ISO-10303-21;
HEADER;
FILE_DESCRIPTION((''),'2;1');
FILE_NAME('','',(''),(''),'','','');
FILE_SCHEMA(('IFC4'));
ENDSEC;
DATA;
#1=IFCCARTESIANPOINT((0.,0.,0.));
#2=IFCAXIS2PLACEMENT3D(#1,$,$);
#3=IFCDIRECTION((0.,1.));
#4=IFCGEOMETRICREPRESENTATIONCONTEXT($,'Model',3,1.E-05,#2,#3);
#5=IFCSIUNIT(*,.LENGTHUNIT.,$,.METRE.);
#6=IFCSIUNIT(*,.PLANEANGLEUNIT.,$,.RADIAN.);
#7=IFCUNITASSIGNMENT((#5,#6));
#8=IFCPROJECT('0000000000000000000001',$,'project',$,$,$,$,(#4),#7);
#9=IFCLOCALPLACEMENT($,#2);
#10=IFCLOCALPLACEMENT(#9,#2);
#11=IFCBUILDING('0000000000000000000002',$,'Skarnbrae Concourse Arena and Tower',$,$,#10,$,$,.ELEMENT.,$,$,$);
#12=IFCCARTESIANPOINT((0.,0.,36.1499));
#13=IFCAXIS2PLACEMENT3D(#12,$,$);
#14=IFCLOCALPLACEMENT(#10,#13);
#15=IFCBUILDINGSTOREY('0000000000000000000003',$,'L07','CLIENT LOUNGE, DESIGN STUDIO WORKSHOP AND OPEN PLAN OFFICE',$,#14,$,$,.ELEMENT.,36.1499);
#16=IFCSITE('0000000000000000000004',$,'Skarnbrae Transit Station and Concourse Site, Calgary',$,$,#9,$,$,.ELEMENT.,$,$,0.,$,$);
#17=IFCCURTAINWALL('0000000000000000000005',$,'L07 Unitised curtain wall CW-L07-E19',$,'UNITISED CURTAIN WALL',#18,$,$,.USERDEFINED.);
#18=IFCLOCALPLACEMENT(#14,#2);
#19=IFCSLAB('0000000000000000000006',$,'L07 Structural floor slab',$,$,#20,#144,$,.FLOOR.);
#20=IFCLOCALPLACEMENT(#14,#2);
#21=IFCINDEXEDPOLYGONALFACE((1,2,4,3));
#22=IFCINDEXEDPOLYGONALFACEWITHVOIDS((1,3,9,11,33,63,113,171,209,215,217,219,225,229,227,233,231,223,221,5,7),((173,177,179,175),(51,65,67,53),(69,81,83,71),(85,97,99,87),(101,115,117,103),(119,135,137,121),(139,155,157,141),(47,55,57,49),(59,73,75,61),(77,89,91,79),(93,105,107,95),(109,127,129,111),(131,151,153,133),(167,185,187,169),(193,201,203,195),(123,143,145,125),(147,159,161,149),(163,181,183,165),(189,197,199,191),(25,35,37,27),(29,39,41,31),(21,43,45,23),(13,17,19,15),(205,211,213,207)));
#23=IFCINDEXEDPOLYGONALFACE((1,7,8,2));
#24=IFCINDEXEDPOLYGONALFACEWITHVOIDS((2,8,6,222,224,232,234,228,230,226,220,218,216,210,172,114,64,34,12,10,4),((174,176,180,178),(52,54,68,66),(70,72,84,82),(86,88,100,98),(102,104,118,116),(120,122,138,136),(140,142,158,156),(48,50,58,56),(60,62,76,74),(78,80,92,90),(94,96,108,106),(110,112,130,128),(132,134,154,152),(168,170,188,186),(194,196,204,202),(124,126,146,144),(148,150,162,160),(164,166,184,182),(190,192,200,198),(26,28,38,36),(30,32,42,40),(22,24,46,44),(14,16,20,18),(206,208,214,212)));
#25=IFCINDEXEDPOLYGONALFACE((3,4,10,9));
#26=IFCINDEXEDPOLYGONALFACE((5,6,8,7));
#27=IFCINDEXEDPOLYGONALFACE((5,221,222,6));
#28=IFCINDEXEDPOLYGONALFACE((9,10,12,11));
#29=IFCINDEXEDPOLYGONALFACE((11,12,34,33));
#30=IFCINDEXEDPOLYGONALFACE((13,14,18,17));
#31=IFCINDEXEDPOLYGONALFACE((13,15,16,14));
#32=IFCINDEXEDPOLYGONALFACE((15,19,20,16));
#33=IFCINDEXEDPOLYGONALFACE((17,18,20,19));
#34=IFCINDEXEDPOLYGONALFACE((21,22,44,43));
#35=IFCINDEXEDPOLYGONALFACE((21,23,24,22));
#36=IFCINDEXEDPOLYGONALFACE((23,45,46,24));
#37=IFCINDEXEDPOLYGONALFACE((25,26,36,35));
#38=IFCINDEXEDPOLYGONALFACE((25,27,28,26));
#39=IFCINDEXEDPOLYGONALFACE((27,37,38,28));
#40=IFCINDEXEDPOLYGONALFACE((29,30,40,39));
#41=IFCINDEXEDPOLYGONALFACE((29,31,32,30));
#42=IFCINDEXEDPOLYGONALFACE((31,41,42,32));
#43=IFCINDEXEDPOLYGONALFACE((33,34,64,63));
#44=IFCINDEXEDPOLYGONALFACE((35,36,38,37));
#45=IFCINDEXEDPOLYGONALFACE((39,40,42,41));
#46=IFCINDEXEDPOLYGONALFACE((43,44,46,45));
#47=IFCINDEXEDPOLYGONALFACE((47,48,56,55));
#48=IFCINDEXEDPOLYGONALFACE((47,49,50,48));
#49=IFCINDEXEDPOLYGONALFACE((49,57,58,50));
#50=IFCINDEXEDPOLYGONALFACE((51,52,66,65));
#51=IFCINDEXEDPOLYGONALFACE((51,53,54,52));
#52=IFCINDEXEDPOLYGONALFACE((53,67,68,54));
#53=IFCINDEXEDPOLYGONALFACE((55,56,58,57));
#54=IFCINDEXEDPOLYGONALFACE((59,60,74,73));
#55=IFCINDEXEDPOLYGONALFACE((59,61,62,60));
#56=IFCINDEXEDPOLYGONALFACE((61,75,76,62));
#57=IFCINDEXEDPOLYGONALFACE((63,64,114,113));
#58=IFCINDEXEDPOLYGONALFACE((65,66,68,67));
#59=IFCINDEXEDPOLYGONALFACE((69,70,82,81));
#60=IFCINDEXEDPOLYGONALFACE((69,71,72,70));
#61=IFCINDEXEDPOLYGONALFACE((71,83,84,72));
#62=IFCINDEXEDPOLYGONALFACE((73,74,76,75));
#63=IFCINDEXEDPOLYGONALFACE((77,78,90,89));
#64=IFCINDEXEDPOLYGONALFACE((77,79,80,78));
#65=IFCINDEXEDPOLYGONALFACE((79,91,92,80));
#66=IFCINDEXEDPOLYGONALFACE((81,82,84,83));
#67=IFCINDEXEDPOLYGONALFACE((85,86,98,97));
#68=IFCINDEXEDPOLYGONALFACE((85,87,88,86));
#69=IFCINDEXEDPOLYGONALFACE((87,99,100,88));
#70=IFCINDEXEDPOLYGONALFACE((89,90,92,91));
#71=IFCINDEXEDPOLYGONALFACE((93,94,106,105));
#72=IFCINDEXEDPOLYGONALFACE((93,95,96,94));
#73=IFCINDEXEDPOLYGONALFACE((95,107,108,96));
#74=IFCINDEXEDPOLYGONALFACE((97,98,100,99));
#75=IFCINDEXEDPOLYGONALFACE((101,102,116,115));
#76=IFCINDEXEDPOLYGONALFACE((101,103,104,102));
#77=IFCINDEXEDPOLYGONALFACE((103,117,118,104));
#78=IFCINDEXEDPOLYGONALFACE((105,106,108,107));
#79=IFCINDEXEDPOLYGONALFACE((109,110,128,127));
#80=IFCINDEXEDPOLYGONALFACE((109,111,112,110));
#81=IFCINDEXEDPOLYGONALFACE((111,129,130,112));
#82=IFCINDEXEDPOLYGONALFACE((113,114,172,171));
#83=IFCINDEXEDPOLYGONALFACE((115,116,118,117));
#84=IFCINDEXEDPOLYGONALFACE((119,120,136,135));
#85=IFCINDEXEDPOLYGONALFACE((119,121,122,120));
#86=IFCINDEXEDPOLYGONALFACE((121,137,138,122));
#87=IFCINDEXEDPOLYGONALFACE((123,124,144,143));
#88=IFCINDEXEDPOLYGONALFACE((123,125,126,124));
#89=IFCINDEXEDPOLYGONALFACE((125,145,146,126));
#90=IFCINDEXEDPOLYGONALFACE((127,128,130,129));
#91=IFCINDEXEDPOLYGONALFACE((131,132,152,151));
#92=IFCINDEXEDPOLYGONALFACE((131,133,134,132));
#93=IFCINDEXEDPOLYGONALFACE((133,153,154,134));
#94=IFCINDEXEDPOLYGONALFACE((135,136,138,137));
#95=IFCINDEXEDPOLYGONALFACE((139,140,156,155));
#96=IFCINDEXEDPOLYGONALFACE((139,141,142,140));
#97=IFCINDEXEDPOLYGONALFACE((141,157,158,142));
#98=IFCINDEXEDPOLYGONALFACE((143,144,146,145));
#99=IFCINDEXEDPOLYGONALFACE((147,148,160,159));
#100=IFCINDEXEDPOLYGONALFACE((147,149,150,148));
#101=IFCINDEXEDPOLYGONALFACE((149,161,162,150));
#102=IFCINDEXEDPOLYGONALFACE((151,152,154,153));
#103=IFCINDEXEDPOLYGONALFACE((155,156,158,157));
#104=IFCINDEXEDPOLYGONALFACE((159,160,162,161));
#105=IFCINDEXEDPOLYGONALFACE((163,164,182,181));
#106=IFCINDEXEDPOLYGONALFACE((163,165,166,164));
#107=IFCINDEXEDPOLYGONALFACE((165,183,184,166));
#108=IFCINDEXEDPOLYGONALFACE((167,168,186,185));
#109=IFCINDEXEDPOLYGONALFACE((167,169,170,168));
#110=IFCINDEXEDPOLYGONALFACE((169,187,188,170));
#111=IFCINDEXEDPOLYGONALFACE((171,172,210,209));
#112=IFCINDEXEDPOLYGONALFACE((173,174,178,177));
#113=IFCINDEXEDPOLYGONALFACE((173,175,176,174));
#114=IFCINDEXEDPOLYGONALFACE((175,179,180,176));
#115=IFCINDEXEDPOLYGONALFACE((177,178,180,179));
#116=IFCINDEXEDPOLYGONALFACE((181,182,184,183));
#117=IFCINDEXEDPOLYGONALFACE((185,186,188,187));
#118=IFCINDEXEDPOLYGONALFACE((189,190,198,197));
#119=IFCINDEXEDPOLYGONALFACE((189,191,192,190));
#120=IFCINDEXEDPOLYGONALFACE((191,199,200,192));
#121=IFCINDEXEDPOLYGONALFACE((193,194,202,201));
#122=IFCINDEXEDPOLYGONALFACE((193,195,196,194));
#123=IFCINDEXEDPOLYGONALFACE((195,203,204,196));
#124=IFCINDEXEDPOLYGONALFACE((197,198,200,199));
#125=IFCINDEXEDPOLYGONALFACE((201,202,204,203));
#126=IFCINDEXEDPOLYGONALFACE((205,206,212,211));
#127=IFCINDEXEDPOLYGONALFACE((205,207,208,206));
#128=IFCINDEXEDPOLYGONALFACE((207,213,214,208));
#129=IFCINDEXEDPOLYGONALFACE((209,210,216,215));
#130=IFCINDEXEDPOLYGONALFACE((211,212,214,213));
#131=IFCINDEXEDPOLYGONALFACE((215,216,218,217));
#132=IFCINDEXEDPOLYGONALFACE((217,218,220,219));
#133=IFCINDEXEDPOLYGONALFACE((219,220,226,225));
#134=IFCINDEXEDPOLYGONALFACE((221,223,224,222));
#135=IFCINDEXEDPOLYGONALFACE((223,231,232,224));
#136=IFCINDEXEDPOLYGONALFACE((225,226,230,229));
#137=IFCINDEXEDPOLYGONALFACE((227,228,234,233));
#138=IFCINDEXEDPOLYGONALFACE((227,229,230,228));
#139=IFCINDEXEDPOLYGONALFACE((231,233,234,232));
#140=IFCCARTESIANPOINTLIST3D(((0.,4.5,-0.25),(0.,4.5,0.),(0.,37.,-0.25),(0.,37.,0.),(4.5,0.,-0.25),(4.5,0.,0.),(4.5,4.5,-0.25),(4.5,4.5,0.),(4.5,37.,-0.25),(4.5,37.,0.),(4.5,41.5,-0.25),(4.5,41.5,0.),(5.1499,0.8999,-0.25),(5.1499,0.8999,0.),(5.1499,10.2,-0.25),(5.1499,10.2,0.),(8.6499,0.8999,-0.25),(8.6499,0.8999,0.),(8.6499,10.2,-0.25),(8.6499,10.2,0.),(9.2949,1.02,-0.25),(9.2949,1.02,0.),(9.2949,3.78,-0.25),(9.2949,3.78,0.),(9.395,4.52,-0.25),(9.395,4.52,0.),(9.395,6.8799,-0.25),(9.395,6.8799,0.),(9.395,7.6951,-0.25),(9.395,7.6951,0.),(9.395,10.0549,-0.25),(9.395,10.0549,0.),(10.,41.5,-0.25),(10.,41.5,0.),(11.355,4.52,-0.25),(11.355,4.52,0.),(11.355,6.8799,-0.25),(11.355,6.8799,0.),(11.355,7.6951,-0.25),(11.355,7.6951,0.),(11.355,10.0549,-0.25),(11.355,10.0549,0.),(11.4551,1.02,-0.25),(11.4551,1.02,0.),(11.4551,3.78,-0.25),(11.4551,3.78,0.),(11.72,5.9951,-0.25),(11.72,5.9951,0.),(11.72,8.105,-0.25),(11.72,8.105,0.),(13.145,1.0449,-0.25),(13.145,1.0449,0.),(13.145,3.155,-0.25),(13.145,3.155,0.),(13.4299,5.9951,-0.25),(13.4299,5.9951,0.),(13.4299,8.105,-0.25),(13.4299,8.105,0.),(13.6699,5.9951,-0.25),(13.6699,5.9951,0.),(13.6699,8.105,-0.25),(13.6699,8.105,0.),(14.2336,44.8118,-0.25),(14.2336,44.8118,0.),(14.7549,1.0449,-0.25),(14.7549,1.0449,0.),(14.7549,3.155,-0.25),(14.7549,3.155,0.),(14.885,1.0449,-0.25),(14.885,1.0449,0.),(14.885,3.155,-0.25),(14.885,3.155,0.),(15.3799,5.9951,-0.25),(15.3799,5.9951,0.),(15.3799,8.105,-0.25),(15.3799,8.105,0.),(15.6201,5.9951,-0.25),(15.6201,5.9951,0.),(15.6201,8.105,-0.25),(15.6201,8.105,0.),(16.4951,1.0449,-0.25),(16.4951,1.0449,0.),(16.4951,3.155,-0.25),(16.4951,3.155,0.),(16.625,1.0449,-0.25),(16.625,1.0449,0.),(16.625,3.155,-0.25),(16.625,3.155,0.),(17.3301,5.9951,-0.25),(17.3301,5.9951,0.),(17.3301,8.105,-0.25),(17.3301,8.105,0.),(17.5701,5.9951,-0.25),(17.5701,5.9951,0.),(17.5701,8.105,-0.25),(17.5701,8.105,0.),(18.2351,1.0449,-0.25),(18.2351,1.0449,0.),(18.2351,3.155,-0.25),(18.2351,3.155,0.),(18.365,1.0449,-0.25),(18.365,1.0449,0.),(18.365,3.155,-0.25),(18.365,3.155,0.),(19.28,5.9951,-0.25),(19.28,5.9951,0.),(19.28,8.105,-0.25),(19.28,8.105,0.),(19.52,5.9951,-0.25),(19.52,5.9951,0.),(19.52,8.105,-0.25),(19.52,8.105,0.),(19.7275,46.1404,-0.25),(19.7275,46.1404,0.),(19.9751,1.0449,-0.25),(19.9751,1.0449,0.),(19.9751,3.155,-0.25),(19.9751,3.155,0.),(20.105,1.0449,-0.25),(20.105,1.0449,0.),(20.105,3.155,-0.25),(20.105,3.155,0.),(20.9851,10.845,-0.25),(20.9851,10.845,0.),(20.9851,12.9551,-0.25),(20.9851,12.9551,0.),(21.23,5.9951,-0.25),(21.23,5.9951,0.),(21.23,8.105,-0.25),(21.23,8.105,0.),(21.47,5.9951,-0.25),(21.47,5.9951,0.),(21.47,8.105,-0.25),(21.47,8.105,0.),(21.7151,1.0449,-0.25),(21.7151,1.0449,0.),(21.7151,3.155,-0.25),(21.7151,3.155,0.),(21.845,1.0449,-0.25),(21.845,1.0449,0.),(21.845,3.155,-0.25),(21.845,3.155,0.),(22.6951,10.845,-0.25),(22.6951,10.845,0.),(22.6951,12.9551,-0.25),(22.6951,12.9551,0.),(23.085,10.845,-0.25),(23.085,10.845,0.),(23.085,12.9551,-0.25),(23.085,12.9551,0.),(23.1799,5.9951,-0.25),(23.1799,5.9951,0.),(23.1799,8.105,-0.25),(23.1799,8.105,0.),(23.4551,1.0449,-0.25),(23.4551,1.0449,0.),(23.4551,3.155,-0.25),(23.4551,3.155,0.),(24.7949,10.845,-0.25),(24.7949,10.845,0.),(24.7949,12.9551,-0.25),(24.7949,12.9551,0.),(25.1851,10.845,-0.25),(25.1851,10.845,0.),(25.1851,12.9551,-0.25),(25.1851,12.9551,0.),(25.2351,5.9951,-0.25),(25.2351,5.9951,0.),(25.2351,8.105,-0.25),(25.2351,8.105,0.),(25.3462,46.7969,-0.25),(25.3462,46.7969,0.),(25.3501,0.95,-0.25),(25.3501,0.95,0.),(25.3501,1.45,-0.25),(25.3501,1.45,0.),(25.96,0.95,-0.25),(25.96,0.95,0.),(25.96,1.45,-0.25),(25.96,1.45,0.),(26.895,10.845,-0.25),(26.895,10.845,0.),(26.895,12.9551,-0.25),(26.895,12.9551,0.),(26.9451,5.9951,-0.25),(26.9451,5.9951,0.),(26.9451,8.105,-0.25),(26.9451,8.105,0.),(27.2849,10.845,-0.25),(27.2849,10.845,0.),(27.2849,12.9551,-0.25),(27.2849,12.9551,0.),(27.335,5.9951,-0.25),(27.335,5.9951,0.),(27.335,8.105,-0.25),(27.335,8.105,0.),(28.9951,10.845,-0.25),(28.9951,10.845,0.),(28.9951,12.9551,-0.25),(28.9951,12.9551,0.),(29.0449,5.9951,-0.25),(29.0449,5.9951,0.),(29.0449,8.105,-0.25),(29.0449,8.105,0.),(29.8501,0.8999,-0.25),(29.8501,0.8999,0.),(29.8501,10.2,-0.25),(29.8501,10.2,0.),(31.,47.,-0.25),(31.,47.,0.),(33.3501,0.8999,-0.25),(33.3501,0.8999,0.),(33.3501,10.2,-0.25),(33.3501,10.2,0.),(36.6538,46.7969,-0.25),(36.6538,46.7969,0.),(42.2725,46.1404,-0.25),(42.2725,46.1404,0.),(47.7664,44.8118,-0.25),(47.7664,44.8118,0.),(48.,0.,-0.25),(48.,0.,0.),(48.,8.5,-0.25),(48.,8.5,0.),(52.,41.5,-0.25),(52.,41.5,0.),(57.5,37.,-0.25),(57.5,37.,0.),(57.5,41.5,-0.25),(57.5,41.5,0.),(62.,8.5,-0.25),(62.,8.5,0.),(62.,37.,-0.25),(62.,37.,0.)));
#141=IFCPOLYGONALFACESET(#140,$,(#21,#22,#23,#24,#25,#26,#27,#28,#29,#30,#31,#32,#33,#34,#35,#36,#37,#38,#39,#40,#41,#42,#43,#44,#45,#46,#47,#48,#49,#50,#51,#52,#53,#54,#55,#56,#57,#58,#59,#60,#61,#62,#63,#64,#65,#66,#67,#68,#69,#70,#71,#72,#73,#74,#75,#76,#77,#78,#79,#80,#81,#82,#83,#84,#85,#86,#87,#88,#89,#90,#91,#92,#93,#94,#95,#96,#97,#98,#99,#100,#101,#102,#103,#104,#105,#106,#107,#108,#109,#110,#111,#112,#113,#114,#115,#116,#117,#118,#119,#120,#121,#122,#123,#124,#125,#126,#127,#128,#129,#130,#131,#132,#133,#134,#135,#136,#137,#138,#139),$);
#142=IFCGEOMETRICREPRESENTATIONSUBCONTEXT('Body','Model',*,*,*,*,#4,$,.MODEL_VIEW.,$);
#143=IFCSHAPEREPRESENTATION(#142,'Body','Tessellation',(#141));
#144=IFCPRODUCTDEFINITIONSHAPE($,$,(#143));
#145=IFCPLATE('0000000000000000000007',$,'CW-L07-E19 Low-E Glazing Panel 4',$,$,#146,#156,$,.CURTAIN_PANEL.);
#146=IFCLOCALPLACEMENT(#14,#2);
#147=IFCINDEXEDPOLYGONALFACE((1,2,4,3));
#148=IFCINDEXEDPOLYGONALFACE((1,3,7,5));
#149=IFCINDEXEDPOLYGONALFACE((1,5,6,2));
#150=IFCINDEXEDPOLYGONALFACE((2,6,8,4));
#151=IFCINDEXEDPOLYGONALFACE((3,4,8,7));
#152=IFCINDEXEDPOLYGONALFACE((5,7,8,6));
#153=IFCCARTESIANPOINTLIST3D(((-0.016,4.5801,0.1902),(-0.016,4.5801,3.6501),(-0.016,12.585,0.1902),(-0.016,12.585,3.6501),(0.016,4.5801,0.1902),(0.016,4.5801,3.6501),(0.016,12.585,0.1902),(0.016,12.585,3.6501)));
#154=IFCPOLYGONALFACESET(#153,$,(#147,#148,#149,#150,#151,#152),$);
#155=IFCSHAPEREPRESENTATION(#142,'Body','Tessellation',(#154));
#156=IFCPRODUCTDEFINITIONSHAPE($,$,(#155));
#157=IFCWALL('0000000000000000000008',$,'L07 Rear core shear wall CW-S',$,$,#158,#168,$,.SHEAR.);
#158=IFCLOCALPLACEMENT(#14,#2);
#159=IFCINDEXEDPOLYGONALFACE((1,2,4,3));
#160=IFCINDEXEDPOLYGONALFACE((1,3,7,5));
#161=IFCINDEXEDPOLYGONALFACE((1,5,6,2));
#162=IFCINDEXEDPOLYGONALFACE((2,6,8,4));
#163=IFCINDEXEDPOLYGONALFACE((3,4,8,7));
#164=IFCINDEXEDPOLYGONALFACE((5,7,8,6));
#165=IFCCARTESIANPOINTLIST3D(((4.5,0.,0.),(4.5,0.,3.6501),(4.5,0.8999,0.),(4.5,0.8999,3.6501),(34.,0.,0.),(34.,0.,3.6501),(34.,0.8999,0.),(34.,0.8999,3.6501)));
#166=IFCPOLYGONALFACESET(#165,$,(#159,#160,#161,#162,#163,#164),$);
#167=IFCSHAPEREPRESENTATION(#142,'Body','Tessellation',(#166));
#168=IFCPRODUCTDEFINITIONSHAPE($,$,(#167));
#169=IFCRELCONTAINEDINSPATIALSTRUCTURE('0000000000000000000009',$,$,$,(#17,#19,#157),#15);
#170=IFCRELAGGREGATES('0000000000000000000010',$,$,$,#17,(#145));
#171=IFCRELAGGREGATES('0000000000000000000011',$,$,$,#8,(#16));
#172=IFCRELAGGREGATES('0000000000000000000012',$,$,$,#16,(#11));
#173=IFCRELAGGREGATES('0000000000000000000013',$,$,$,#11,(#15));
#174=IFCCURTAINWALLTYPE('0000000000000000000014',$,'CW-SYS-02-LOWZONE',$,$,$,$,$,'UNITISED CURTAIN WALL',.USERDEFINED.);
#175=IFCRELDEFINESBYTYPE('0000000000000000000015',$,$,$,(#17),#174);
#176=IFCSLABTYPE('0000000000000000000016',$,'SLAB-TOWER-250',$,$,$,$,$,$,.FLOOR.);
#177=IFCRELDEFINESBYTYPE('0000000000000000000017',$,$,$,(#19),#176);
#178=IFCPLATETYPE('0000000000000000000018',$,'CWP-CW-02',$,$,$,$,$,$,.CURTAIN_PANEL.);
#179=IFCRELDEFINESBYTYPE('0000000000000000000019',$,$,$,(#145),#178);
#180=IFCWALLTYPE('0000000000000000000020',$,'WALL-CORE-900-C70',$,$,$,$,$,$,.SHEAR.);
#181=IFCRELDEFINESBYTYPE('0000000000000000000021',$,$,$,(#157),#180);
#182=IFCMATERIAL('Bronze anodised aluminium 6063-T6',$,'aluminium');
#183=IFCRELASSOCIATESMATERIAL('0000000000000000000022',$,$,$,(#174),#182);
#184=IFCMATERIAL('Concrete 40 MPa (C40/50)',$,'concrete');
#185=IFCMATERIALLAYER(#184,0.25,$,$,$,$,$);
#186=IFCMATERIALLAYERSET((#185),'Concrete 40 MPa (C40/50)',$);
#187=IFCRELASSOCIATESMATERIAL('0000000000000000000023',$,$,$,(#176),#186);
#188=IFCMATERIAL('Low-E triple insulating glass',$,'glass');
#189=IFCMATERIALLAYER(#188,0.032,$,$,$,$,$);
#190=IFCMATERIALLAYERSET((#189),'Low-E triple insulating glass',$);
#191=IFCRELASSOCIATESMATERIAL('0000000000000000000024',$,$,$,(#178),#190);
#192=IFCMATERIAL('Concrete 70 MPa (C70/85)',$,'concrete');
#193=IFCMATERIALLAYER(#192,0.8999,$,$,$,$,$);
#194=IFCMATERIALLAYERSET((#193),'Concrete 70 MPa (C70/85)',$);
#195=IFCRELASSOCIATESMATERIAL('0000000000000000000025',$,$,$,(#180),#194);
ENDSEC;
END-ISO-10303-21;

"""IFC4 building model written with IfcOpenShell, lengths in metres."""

from ifc_helpers import new_model, si_unit, direction, frame, frame_2d, origin, origin_2d, place, context, subcontext, project, spatial, polyline, rectangle, outline, extrude, source, transform, mapped, material, layer, layer_set, type_object, element, aggregate, save


model = new_model("IFC4")

# Units and contexts
model_context = context("Model", 3, precision=1e-05, world=origin(), true_north=direction((0.0, 1.0)))
body_context = subcontext(model_context, "Body", "Model", "MODEL_VIEW")
ifc_project = project(units=[si_unit("LENGTHUNIT", "METRE"), si_unit("PLANEANGLEUNIT", "RADIAN")], contexts=[model_context])

# Site, building, storey
site_placement = place(None, origin())
site = spatial("IfcSite", under=ifc_project, at=site_placement, Name="Skarnbrae Transit Station and Concourse Site, Calgary", CompositionType="ELEMENT", RefElevation=0.0)
building_placement = place(site_placement, origin())
building = spatial("IfcBuilding", under=site, at=building_placement, Name="Skarnbrae Concourse Arena and Tower", CompositionType="ELEMENT")
storey_placement = place(building_placement, frame((0.0, 0.0, 36.1499)))
storey = spatial("IfcBuildingStorey", under=building, at=storey_placement, Name="L07", Description="CLIENT LOUNGE, DESIGN STUDIO WORKSHOP AND OPEN PLAN OFFICE", CompositionType="ELEMENT", Elevation=36.1499)

# Curtain wall
ifc_material_1 = material(Name="Bronze anodised aluminium 6063-T6", Category="aluminium")
curtain_wall_type = type_object("IfcCurtainWallType", Name="CW-SYS-02-LOWZONE", ElementType="UNITISED CURTAIN WALL", PredefinedType="USERDEFINED", material=ifc_material_1)
curtain_wall_placement = place(storey_placement, origin())
curtain_wall = element("IfcCurtainWall", 1, at=curtain_wall_placement, inside=storey, type_object=curtain_wall_type, Name="L07 Unitised curtain wall CW-L07-E19", ObjectType="UNITISED CURTAIN WALL", PredefinedType="USERDEFINED")

# Shared definitions
ifc_material_2 = material(Name="Concrete 40 MPa (C40/50)", Category="concrete")

# Slab
ifc_layer_1 = layer(ifc_material_2, 0.25)
ifc_layer_set_1 = layer_set([ifc_layer_1], Name="Concrete 40 MPa (C40/50)")
slab_type_1 = type_object("IfcSlabType", Name="SLAB-TOWER-250", PredefinedType="FLOOR", material=ifc_layer_set_1)
slab_1_placement = place(storey_placement, frame((0.0, 0.0, -0.25)))
element("IfcSlab", 2, at=slab_1_placement, inside=storey, type_object=slab_type_1, Name="L07 Structural floor slab", PredefinedType="FLOOR", context=body_context, shape_type="SweptSolid", body=[
    extrude(outline(polyline([(4.5, 0.0), (48.0, 0.0), (48.0, 8.5), (62.0, 8.5), (62.0, 37.0), (57.5, 37.0), (57.5, 41.5), (52.0, 41.5), (47.7664, 44.8118), (42.2725, 46.1404), (36.6538, 46.7969), (31.0, 47.0), (25.3462, 46.7969), (19.7275, 46.1404), (14.2336, 44.8118), (10.0, 41.5), (4.5, 41.5), (4.5, 37.0), (0.0, 37.0), (0.0, 4.5), (4.5, 4.5), (4.5, 0.0)]), holes=[polyline([(13.145, 3.155), (14.7549, 3.155), (14.7549, 1.0449), (13.145, 1.0449), (13.145, 3.155)]), polyline([(16.4951, 3.155), (16.4951, 1.0449), (14.885, 1.0449), (14.885, 3.155), (16.4951, 3.155)]), polyline([(18.2351, 3.155), (18.2351, 1.0449), (16.625, 1.0449), (16.625, 3.155), (18.2351, 3.155)]), polyline([(18.365, 3.155), (19.9751, 3.155), (19.9751, 1.0449), (18.365, 1.0449), (18.365, 3.155)]), polyline([(11.4551, 3.78), (11.4551, 1.02), (9.2949, 1.02), (9.2949, 3.78), (11.4551, 3.78)]), polyline([(8.6499, 0.8999), (5.1499, 0.8999), (5.1499, 10.2), (8.6499, 10.2), (8.6499, 0.8999)]), polyline([(9.395, 6.8799), (11.355, 6.8799), (11.355, 4.52), (9.395, 4.52), (9.395, 6.8799)]), polyline([(13.4299, 8.105), (13.4299, 5.9951), (11.72, 5.9951), (11.72, 8.105), (13.4299, 8.105)]), polyline([(15.3799, 8.105), (15.3799, 5.9951), (13.6699, 5.9951), (13.6699, 8.105), (15.3799, 8.105)]), polyline([(15.6201, 8.105), (17.3301, 8.105), (17.3301, 5.9951), (15.6201, 5.9951), (15.6201, 8.105)]), polyline([(19.28, 8.105), (19.28, 5.9951), (17.5701, 5.9951), (17.5701, 8.105), (19.28, 8.105)]), polyline([(11.355, 10.0549), (11.355, 7.6951), (9.395, 7.6951), (9.395, 10.0549), (11.355, 10.0549)]), polyline([(25.3501, 1.45), (25.96, 1.45), (25.96, 0.95), (25.3501, 0.95), (25.3501, 1.45)]), polyline([(21.7151, 3.155), (21.7151, 1.0449), (20.105, 1.0449), (20.105, 3.155), (21.7151, 3.155)]), polyline([(23.4551, 3.155), (23.4551, 1.0449), (21.845, 1.0449), (21.845, 3.155), (23.4551, 3.155)]), polyline([(33.3501, 10.2), (33.3501, 0.8999), (29.8501, 0.8999), (29.8501, 10.2), (33.3501, 10.2)]), polyline([(21.23, 8.105), (21.23, 5.9951), (19.52, 5.9951), (19.52, 8.105), (21.23, 8.105)]), polyline([(23.1799, 8.105), (23.1799, 5.9951), (21.47, 5.9951), (21.47, 8.105), (23.1799, 8.105)]), polyline([(25.2351, 8.105), (26.9451, 8.105), (26.9451, 5.9951), (25.2351, 5.9951), (25.2351, 8.105)]), polyline([(29.0449, 8.105), (29.0449, 5.9951), (27.335, 5.9951), (27.335, 8.105), (29.0449, 8.105)]), polyline([(22.6951, 12.9551), (22.6951, 10.845), (20.9851, 10.845), (20.9851, 12.9551), (22.6951, 12.9551)]), polyline([(23.085, 12.9551), (24.7949, 12.9551), (24.7949, 10.845), (23.085, 10.845), (23.085, 12.9551)]), polyline([(26.895, 12.9551), (26.895, 10.845), (25.1851, 10.845), (25.1851, 12.9551), (26.895, 12.9551)]), polyline([(28.9951, 12.9551), (28.9951, 10.845), (27.2849, 10.845), (27.2849, 12.9551), (28.9951, 12.9551)])]), origin(), (0.0, 0.0, 1.0), 0.25),
])

# Plate
ifc_material_3 = material(Name="Low-E triple insulating glass", Category="glass")
ifc_layer_2 = layer(ifc_material_3, 0.032)
ifc_layer_set_2 = layer_set([ifc_layer_2], Name="Low-E triple insulating glass")
plate_type = type_object("IfcPlateType", Name="CWP-CW-02", PredefinedType="CURTAIN_PANEL", material=ifc_layer_set_2)
shared_shape_1 = source(origin(), body_context, "Body", "SweptSolid", [
    extrude(rectangle(XDim=8.0049, YDim=0.032, at=origin_2d()), origin(), (0.0, 0.0, 1.0), 3.46),
])
plate_placement = place(storey_placement, frame((0.0, 8.5825, 0.1902), z_axis=(0.0, 0.0, 1.0), x_axis=(0.0, -1.0, 0.0)))
plate = element("IfcPlate", 3, at=plate_placement, type_object=plate_type, Name="CW-L07-E19 Low-E Glazing Panel 4", PredefinedType="CURTAIN_PANEL", context=body_context, shape_type="MappedRepresentation", body=[
    mapped(shared_shape_1, transform((0.0, 0.0, 0.0))),
])
aggregate(curtain_wall, [plate])

# Wall
ifc_material_4 = material(Name="Concrete 70 MPa (C70/85)", Category="concrete")
ifc_layer_3 = layer(ifc_material_4, 0.8999)
ifc_layer_set_3 = layer_set([ifc_layer_3], Name="Concrete 70 MPa (C70/85)")
wall_type_1 = type_object("IfcWallType", Name="WALL-CORE-900-C70", PredefinedType="SHEAR", material=ifc_layer_set_3)
shared_shape_2 = source(origin(), body_context, "Body", "SweptSolid", [
    extrude(rectangle(XDim=29.5, YDim=0.8999, at=frame_2d((14.75, 0.0))), origin(), (0.0, 0.0, 1.0), 3.6501),
])
wall_1_placement = place(storey_placement, frame((4.5, 0.45, 0.0), z_axis=(0.0, 0.0, 1.0), x_axis=(1.0, 0.0, 0.0)))
element("IfcWall", 4, at=wall_1_placement, inside=storey, type_object=wall_type_1, Name="L07 Rear core shear wall CW-S", PredefinedType="SHEAR", context=body_context, shape_type="MappedRepresentation", body=[
    mapped(shared_shape_2, transform((0.0, 0.0, 0.0))),
])

save(model, "model.ifc")
